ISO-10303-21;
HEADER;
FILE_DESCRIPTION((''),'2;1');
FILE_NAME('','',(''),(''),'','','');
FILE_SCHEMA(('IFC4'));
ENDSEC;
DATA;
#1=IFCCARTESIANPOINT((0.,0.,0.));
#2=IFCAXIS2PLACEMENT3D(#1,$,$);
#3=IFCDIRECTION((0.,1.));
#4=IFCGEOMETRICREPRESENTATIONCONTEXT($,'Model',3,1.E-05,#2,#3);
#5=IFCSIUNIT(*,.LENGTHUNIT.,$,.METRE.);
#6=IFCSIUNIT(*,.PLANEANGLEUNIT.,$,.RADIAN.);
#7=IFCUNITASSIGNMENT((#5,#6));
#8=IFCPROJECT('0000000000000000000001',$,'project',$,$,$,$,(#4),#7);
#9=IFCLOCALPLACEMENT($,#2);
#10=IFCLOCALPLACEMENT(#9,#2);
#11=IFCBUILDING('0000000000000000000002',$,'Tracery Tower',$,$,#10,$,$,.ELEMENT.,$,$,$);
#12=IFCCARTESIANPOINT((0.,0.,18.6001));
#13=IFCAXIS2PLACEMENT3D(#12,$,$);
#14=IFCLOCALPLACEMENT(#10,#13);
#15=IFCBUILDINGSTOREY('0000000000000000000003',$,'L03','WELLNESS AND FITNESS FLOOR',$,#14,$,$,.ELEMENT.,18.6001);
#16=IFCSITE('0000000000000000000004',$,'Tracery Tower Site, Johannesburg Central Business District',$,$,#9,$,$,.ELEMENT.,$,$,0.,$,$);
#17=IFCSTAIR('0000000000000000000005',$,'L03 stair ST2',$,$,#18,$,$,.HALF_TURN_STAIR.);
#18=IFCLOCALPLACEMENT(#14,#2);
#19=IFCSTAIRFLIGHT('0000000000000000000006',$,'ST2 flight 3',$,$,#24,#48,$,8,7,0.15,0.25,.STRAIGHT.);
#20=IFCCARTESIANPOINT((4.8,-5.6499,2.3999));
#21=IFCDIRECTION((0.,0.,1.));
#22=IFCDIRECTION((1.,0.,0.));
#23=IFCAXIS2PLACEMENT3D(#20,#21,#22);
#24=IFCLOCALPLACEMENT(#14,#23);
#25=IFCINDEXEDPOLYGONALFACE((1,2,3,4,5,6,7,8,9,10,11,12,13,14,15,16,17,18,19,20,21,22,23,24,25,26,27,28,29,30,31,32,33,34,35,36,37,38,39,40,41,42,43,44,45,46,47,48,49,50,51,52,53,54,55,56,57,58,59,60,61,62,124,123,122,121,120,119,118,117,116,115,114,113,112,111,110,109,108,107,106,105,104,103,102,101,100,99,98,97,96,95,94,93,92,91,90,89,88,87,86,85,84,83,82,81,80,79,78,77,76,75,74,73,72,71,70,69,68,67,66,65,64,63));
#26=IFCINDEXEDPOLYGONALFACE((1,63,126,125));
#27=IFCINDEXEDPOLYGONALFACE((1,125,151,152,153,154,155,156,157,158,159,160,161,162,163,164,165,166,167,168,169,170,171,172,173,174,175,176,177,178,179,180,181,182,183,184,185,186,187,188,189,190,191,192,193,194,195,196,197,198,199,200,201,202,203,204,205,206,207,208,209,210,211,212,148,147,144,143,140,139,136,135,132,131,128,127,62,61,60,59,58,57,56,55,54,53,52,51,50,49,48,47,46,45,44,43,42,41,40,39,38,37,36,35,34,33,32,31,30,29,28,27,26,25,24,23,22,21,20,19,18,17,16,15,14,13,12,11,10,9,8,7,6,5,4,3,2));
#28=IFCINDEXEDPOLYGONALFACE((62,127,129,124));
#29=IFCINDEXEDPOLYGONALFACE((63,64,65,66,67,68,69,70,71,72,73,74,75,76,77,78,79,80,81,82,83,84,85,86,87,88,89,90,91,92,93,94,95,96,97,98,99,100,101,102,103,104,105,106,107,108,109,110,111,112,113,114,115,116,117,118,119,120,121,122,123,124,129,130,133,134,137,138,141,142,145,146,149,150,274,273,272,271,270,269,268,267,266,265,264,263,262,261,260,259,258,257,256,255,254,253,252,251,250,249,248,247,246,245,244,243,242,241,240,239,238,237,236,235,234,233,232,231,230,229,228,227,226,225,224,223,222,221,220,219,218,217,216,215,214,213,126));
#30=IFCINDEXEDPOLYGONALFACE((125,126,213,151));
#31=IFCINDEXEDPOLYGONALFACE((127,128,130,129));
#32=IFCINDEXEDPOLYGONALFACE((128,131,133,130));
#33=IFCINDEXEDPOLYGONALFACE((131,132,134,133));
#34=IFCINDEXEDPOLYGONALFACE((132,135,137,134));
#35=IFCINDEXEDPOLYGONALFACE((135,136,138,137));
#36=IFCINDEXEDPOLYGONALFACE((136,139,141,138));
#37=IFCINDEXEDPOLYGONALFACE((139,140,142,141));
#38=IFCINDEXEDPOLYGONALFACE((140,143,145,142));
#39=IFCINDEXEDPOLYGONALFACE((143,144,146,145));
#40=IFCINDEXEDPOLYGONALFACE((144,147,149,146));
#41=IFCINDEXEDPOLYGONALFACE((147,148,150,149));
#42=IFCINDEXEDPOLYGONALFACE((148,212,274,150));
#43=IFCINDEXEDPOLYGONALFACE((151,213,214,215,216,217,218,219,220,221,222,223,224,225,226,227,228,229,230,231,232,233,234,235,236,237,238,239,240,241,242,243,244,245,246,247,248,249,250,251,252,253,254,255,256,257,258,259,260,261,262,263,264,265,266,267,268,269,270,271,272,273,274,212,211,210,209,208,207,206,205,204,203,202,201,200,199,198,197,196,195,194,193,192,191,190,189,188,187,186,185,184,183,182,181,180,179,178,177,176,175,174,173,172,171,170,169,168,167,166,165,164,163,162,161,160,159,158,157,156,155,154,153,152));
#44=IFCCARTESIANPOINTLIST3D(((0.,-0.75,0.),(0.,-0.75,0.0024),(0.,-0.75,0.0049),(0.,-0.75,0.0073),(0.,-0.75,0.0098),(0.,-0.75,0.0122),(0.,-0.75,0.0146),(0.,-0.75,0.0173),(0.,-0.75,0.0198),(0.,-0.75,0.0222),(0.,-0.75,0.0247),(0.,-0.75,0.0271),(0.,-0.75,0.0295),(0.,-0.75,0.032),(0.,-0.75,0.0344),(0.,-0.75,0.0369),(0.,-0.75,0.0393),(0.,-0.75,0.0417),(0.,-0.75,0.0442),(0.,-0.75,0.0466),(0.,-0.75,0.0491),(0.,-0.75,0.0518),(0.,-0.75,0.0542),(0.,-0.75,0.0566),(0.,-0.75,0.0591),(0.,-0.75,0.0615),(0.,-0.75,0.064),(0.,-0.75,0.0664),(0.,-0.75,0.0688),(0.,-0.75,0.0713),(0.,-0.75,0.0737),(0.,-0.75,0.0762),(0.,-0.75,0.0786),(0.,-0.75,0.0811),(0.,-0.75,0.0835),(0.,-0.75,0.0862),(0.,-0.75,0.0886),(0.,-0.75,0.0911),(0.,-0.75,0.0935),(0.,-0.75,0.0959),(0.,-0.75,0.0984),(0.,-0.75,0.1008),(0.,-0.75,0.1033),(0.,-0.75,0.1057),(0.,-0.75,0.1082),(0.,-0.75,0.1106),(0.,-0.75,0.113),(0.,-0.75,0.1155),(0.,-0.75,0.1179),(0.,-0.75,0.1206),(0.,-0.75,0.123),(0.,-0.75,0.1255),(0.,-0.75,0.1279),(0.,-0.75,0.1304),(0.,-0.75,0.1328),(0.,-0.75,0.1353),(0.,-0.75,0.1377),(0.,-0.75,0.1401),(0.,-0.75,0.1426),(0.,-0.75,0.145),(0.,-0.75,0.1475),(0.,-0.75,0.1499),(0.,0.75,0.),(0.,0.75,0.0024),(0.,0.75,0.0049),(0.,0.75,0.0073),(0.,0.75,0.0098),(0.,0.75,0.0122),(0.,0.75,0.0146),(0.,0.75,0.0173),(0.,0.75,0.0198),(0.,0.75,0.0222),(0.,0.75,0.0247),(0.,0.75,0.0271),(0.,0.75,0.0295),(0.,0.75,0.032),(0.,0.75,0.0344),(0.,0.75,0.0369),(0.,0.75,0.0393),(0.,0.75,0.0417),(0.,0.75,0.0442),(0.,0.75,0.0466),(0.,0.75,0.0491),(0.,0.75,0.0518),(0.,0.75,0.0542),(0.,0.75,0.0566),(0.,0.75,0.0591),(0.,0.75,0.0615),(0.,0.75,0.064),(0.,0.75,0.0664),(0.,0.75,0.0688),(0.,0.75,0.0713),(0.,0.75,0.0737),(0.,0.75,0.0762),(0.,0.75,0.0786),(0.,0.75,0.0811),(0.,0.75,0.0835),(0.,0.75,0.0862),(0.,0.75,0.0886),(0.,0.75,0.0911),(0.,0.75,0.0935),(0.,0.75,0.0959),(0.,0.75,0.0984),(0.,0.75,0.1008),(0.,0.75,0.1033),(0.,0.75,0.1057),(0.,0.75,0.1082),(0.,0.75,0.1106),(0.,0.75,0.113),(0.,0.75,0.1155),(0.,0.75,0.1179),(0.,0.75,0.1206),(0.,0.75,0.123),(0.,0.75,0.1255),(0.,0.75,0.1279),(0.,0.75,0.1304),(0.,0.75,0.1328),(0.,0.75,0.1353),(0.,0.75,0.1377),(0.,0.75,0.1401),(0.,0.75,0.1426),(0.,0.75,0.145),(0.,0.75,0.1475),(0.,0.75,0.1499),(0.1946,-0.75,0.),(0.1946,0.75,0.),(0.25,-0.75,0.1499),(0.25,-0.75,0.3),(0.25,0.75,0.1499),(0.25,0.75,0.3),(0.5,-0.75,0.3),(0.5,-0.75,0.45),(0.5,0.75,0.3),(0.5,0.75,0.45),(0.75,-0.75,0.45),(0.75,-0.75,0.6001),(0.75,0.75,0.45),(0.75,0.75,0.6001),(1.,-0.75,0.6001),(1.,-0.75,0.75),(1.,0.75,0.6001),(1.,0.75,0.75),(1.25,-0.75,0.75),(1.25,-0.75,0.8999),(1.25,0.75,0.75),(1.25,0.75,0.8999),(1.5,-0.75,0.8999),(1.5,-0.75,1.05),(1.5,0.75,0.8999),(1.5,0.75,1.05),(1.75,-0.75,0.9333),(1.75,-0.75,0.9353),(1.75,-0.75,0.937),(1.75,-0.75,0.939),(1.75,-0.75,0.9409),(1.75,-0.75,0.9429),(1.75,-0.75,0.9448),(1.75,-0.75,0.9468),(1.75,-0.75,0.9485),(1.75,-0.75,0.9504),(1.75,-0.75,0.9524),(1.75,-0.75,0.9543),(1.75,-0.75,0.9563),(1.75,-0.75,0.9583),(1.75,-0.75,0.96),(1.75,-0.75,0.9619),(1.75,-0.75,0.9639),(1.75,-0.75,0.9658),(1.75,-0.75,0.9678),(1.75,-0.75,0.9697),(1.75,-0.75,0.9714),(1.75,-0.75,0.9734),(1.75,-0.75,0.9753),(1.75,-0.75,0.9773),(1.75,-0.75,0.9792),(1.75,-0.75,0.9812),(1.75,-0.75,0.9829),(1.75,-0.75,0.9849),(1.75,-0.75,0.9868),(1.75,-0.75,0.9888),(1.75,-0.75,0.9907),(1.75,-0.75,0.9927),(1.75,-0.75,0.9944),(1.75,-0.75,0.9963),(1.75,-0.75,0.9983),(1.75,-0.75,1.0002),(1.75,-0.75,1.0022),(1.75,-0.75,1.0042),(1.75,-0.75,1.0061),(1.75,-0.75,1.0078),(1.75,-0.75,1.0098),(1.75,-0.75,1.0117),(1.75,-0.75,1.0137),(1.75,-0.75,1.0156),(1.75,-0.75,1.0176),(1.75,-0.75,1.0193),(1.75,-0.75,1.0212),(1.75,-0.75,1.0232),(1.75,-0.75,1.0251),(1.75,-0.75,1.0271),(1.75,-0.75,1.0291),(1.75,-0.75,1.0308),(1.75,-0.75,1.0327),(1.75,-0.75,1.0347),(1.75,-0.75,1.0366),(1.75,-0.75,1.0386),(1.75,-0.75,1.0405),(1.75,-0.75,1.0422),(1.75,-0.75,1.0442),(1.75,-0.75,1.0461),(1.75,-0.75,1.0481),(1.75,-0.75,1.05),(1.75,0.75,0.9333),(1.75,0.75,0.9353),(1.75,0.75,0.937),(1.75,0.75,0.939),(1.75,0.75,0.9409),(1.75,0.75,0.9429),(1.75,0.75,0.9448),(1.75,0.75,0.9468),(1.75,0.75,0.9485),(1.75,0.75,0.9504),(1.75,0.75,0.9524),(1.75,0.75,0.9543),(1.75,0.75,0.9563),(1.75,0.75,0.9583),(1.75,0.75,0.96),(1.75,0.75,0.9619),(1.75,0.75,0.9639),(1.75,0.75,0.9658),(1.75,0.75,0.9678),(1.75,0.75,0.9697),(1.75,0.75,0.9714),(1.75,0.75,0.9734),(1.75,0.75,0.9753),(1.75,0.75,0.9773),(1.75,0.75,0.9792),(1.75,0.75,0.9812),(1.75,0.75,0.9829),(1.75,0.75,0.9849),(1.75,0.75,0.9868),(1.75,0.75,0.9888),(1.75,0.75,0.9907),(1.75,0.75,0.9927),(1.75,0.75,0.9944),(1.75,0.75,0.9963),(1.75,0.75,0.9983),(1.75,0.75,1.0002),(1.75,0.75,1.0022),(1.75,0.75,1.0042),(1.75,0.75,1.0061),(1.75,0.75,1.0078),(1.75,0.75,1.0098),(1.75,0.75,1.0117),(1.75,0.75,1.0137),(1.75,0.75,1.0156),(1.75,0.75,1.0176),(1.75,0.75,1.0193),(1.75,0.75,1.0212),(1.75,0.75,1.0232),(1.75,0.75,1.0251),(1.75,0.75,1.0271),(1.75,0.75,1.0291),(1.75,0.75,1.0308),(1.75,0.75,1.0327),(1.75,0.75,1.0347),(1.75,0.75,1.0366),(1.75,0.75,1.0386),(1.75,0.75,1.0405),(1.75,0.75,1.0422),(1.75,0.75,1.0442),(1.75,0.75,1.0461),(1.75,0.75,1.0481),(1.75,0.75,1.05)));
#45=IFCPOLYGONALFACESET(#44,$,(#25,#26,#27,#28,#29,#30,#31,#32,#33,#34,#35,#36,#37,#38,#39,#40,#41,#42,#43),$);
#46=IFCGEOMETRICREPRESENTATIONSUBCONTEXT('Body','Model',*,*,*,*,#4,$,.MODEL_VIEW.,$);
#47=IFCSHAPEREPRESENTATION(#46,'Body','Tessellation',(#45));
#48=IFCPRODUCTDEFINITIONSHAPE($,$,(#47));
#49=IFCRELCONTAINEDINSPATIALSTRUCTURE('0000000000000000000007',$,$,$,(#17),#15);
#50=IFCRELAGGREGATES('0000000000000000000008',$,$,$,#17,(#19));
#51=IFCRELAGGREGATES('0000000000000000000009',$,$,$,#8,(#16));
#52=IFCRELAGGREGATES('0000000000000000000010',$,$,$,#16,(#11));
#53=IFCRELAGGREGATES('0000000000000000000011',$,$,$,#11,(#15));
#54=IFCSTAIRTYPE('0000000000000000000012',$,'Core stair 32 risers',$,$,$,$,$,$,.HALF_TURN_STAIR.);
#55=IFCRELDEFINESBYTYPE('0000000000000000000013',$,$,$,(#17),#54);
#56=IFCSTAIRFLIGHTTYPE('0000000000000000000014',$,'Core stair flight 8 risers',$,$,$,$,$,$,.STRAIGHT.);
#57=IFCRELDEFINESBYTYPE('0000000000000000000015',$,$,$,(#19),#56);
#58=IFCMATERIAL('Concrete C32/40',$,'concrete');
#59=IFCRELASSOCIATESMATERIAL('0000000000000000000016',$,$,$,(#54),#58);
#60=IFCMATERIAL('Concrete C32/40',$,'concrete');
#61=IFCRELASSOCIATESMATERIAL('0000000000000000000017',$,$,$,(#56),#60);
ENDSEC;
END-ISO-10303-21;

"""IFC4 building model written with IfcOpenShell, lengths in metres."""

from ifc_helpers import new_model, si_unit, direction, frame, origin, place, context, subcontext, project, spatial, polyline, outline, extrude, material, type_object, element, aggregate, save


model = new_model("IFC4")

# Units and contexts
model_context = context("Model", 3, precision=1e-05, world=origin(), true_north=direction((0.0, 1.0)))
body_context = subcontext(model_context, "Body", "Model", "MODEL_VIEW")
ifc_project = project(units=[si_unit("LENGTHUNIT", "METRE"), si_unit("PLANEANGLEUNIT", "RADIAN")], contexts=[model_context])

# Site, building, storey
site_placement = place(None, origin())
site = spatial("IfcSite", under=ifc_project, at=site_placement, Name="Tracery Tower Site, Johannesburg Central Business District", CompositionType="ELEMENT", RefElevation=0.0)
building_placement = place(site_placement, origin())
building = spatial("IfcBuilding", under=site, at=building_placement, Name="Tracery Tower", CompositionType="ELEMENT")
storey_placement = place(building_placement, frame((0.0, 0.0, 18.6001)))
storey = spatial("IfcBuildingStorey", under=building, at=storey_placement, Name="L03", Description="WELLNESS AND FITNESS FLOOR", CompositionType="ELEMENT", Elevation=18.6001)

# Stair, stair flight
ifc_material_1 = material(Name="Concrete C32/40", Category="concrete")
stair_type = type_object("IfcStairType", Name="Core stair 32 risers", PredefinedType="HALF_TURN_STAIR", material=ifc_material_1)
stair_placement = place(storey_placement, origin())
stair = element("IfcStair", 1, at=stair_placement, inside=storey, type_object=stair_type, Name="L03 stair ST2", PredefinedType="HALF_TURN_STAIR")
ifc_material_2 = material(Name="Concrete C32/40", Category="concrete")
stair_flight_type = type_object("IfcStairFlightType", Name="Core stair flight 8 risers", PredefinedType="STRAIGHT", material=ifc_material_2)
stair_flight_1_placement = place(storey_placement, frame((4.8, -5.6499, 2.3999), z_axis=(0.0, 0.0, 1.0), x_axis=(1.0, 0.0, 0.0)))
stair_flight_1 = element("IfcStairFlight", 2, at=stair_flight_1_placement, type_object=stair_flight_type, Name="ST2 flight 3", NumberOfRisers=8, NumberOfTreads=7, PredefinedType="STRAIGHT", RiserHeight=0.15, TreadLength=0.25, context=body_context, shape_type="SweptSolid", body=[
    extrude(outline(polyline([(0.0, 0.0), (0.0, 0.0024), (0.0, 0.0049), (0.0, 0.0073), (0.0, 0.0098), (0.0, 0.0122), (0.0, 0.0146), (0.0, 0.0173), (0.0, 0.0198), (0.0, 0.0222), (0.0, 0.0247), (0.0, 0.0271), (0.0, 0.0295), (0.0, 0.032), (0.0, 0.0344), (0.0, 0.0369), (0.0, 0.0393), (0.0, 0.0417), (0.0, 0.0442), (0.0, 0.0466), (0.0, 0.0491), (0.0, 0.0518), (0.0, 0.0542), (0.0, 0.0566), (0.0, 0.0591), (0.0, 0.0615), (0.0, 0.064), (0.0, 0.0664), (0.0, 0.0688), (0.0, 0.0713), (0.0, 0.0737), (0.0, 0.0762), (0.0, 0.0786), (0.0, 0.0811), (0.0, 0.0835), (0.0, 0.0862), (0.0, 0.0886), (0.0, 0.0911), (0.0, 0.0935), (0.0, 0.0959), (0.0, 0.0984), (0.0, 0.1008), (0.0, 0.1033), (0.0, 0.1057), (0.0, 0.1082), (0.0, 0.1106), (0.0, 0.113), (0.0, 0.1155), (0.0, 0.1179), (0.0, 0.1206), (0.0, 0.123), (0.0, 0.1255), (0.0, 0.1279), (0.0, 0.1304), (0.0, 0.1328), (0.0, 0.1353), (0.0, 0.1377), (0.0, 0.1401), (0.0, 0.1426), (0.0, 0.145), (0.0, 0.1475), (0.0, 0.1499), (0.25, 0.1499), (0.25, 0.3), (0.5, 0.3), (0.5, 0.45), (0.75, 0.45), (0.75, 0.6001), (1.0, 0.6001), (1.0, 0.75), (1.25, 0.75), (1.25, 0.8999), (1.5, 0.8999), (1.5, 1.05), (1.75, 1.05), (1.75, 1.0481), (1.75, 1.0461), (1.75, 1.0442), (1.75, 1.0422), (1.75, 1.0405), (1.75, 1.0386), (1.75, 1.0366), (1.75, 1.0347), (1.75, 1.0327), (1.75, 1.0308), (1.75, 1.0291), (1.75, 1.0271), (1.75, 1.0251), (1.75, 1.0232), (1.75, 1.0212), (1.75, 1.0193), (1.75, 1.0176), (1.75, 1.0156), (1.75, 1.0137), (1.75, 1.0117), (1.75, 1.0098), (1.75, 1.0078), (1.75, 1.0061), (1.75, 1.0042), (1.75, 1.0022), (1.75, 1.0002), (1.75, 0.9983), (1.75, 0.9963), (1.75, 0.9944), (1.75, 0.9927), (1.75, 0.9907), (1.75, 0.9888), (1.75, 0.9868), (1.75, 0.9849), (1.75, 0.9829), (1.75, 0.9812), (1.75, 0.9792), (1.75, 0.9773), (1.75, 0.9753), (1.75, 0.9734), (1.75, 0.9714), (1.75, 0.9697), (1.75, 0.9678), (1.75, 0.9658), (1.75, 0.9639), (1.75, 0.9619), (1.75, 0.96), (1.75, 0.9583), (1.75, 0.9563), (1.75, 0.9543), (1.75, 0.9524), (1.75, 0.9504), (1.75, 0.9485), (1.75, 0.9468), (1.75, 0.9448), (1.75, 0.9429), (1.75, 0.9409), (1.75, 0.939), (1.75, 0.937), (1.75, 0.9353), (1.75, 0.9333), (0.1946, 0.0), (0.0, 0.0)])), frame((0.0, 0.75, 0.0), z_axis=(0.0, -1.0, 0.0), x_axis=(1.0, 0.0, 0.0)), (0.0, 0.0, 1.0), 1.5),
])
aggregate(stair, [stair_flight_1])

save(model, "model.ifc")
